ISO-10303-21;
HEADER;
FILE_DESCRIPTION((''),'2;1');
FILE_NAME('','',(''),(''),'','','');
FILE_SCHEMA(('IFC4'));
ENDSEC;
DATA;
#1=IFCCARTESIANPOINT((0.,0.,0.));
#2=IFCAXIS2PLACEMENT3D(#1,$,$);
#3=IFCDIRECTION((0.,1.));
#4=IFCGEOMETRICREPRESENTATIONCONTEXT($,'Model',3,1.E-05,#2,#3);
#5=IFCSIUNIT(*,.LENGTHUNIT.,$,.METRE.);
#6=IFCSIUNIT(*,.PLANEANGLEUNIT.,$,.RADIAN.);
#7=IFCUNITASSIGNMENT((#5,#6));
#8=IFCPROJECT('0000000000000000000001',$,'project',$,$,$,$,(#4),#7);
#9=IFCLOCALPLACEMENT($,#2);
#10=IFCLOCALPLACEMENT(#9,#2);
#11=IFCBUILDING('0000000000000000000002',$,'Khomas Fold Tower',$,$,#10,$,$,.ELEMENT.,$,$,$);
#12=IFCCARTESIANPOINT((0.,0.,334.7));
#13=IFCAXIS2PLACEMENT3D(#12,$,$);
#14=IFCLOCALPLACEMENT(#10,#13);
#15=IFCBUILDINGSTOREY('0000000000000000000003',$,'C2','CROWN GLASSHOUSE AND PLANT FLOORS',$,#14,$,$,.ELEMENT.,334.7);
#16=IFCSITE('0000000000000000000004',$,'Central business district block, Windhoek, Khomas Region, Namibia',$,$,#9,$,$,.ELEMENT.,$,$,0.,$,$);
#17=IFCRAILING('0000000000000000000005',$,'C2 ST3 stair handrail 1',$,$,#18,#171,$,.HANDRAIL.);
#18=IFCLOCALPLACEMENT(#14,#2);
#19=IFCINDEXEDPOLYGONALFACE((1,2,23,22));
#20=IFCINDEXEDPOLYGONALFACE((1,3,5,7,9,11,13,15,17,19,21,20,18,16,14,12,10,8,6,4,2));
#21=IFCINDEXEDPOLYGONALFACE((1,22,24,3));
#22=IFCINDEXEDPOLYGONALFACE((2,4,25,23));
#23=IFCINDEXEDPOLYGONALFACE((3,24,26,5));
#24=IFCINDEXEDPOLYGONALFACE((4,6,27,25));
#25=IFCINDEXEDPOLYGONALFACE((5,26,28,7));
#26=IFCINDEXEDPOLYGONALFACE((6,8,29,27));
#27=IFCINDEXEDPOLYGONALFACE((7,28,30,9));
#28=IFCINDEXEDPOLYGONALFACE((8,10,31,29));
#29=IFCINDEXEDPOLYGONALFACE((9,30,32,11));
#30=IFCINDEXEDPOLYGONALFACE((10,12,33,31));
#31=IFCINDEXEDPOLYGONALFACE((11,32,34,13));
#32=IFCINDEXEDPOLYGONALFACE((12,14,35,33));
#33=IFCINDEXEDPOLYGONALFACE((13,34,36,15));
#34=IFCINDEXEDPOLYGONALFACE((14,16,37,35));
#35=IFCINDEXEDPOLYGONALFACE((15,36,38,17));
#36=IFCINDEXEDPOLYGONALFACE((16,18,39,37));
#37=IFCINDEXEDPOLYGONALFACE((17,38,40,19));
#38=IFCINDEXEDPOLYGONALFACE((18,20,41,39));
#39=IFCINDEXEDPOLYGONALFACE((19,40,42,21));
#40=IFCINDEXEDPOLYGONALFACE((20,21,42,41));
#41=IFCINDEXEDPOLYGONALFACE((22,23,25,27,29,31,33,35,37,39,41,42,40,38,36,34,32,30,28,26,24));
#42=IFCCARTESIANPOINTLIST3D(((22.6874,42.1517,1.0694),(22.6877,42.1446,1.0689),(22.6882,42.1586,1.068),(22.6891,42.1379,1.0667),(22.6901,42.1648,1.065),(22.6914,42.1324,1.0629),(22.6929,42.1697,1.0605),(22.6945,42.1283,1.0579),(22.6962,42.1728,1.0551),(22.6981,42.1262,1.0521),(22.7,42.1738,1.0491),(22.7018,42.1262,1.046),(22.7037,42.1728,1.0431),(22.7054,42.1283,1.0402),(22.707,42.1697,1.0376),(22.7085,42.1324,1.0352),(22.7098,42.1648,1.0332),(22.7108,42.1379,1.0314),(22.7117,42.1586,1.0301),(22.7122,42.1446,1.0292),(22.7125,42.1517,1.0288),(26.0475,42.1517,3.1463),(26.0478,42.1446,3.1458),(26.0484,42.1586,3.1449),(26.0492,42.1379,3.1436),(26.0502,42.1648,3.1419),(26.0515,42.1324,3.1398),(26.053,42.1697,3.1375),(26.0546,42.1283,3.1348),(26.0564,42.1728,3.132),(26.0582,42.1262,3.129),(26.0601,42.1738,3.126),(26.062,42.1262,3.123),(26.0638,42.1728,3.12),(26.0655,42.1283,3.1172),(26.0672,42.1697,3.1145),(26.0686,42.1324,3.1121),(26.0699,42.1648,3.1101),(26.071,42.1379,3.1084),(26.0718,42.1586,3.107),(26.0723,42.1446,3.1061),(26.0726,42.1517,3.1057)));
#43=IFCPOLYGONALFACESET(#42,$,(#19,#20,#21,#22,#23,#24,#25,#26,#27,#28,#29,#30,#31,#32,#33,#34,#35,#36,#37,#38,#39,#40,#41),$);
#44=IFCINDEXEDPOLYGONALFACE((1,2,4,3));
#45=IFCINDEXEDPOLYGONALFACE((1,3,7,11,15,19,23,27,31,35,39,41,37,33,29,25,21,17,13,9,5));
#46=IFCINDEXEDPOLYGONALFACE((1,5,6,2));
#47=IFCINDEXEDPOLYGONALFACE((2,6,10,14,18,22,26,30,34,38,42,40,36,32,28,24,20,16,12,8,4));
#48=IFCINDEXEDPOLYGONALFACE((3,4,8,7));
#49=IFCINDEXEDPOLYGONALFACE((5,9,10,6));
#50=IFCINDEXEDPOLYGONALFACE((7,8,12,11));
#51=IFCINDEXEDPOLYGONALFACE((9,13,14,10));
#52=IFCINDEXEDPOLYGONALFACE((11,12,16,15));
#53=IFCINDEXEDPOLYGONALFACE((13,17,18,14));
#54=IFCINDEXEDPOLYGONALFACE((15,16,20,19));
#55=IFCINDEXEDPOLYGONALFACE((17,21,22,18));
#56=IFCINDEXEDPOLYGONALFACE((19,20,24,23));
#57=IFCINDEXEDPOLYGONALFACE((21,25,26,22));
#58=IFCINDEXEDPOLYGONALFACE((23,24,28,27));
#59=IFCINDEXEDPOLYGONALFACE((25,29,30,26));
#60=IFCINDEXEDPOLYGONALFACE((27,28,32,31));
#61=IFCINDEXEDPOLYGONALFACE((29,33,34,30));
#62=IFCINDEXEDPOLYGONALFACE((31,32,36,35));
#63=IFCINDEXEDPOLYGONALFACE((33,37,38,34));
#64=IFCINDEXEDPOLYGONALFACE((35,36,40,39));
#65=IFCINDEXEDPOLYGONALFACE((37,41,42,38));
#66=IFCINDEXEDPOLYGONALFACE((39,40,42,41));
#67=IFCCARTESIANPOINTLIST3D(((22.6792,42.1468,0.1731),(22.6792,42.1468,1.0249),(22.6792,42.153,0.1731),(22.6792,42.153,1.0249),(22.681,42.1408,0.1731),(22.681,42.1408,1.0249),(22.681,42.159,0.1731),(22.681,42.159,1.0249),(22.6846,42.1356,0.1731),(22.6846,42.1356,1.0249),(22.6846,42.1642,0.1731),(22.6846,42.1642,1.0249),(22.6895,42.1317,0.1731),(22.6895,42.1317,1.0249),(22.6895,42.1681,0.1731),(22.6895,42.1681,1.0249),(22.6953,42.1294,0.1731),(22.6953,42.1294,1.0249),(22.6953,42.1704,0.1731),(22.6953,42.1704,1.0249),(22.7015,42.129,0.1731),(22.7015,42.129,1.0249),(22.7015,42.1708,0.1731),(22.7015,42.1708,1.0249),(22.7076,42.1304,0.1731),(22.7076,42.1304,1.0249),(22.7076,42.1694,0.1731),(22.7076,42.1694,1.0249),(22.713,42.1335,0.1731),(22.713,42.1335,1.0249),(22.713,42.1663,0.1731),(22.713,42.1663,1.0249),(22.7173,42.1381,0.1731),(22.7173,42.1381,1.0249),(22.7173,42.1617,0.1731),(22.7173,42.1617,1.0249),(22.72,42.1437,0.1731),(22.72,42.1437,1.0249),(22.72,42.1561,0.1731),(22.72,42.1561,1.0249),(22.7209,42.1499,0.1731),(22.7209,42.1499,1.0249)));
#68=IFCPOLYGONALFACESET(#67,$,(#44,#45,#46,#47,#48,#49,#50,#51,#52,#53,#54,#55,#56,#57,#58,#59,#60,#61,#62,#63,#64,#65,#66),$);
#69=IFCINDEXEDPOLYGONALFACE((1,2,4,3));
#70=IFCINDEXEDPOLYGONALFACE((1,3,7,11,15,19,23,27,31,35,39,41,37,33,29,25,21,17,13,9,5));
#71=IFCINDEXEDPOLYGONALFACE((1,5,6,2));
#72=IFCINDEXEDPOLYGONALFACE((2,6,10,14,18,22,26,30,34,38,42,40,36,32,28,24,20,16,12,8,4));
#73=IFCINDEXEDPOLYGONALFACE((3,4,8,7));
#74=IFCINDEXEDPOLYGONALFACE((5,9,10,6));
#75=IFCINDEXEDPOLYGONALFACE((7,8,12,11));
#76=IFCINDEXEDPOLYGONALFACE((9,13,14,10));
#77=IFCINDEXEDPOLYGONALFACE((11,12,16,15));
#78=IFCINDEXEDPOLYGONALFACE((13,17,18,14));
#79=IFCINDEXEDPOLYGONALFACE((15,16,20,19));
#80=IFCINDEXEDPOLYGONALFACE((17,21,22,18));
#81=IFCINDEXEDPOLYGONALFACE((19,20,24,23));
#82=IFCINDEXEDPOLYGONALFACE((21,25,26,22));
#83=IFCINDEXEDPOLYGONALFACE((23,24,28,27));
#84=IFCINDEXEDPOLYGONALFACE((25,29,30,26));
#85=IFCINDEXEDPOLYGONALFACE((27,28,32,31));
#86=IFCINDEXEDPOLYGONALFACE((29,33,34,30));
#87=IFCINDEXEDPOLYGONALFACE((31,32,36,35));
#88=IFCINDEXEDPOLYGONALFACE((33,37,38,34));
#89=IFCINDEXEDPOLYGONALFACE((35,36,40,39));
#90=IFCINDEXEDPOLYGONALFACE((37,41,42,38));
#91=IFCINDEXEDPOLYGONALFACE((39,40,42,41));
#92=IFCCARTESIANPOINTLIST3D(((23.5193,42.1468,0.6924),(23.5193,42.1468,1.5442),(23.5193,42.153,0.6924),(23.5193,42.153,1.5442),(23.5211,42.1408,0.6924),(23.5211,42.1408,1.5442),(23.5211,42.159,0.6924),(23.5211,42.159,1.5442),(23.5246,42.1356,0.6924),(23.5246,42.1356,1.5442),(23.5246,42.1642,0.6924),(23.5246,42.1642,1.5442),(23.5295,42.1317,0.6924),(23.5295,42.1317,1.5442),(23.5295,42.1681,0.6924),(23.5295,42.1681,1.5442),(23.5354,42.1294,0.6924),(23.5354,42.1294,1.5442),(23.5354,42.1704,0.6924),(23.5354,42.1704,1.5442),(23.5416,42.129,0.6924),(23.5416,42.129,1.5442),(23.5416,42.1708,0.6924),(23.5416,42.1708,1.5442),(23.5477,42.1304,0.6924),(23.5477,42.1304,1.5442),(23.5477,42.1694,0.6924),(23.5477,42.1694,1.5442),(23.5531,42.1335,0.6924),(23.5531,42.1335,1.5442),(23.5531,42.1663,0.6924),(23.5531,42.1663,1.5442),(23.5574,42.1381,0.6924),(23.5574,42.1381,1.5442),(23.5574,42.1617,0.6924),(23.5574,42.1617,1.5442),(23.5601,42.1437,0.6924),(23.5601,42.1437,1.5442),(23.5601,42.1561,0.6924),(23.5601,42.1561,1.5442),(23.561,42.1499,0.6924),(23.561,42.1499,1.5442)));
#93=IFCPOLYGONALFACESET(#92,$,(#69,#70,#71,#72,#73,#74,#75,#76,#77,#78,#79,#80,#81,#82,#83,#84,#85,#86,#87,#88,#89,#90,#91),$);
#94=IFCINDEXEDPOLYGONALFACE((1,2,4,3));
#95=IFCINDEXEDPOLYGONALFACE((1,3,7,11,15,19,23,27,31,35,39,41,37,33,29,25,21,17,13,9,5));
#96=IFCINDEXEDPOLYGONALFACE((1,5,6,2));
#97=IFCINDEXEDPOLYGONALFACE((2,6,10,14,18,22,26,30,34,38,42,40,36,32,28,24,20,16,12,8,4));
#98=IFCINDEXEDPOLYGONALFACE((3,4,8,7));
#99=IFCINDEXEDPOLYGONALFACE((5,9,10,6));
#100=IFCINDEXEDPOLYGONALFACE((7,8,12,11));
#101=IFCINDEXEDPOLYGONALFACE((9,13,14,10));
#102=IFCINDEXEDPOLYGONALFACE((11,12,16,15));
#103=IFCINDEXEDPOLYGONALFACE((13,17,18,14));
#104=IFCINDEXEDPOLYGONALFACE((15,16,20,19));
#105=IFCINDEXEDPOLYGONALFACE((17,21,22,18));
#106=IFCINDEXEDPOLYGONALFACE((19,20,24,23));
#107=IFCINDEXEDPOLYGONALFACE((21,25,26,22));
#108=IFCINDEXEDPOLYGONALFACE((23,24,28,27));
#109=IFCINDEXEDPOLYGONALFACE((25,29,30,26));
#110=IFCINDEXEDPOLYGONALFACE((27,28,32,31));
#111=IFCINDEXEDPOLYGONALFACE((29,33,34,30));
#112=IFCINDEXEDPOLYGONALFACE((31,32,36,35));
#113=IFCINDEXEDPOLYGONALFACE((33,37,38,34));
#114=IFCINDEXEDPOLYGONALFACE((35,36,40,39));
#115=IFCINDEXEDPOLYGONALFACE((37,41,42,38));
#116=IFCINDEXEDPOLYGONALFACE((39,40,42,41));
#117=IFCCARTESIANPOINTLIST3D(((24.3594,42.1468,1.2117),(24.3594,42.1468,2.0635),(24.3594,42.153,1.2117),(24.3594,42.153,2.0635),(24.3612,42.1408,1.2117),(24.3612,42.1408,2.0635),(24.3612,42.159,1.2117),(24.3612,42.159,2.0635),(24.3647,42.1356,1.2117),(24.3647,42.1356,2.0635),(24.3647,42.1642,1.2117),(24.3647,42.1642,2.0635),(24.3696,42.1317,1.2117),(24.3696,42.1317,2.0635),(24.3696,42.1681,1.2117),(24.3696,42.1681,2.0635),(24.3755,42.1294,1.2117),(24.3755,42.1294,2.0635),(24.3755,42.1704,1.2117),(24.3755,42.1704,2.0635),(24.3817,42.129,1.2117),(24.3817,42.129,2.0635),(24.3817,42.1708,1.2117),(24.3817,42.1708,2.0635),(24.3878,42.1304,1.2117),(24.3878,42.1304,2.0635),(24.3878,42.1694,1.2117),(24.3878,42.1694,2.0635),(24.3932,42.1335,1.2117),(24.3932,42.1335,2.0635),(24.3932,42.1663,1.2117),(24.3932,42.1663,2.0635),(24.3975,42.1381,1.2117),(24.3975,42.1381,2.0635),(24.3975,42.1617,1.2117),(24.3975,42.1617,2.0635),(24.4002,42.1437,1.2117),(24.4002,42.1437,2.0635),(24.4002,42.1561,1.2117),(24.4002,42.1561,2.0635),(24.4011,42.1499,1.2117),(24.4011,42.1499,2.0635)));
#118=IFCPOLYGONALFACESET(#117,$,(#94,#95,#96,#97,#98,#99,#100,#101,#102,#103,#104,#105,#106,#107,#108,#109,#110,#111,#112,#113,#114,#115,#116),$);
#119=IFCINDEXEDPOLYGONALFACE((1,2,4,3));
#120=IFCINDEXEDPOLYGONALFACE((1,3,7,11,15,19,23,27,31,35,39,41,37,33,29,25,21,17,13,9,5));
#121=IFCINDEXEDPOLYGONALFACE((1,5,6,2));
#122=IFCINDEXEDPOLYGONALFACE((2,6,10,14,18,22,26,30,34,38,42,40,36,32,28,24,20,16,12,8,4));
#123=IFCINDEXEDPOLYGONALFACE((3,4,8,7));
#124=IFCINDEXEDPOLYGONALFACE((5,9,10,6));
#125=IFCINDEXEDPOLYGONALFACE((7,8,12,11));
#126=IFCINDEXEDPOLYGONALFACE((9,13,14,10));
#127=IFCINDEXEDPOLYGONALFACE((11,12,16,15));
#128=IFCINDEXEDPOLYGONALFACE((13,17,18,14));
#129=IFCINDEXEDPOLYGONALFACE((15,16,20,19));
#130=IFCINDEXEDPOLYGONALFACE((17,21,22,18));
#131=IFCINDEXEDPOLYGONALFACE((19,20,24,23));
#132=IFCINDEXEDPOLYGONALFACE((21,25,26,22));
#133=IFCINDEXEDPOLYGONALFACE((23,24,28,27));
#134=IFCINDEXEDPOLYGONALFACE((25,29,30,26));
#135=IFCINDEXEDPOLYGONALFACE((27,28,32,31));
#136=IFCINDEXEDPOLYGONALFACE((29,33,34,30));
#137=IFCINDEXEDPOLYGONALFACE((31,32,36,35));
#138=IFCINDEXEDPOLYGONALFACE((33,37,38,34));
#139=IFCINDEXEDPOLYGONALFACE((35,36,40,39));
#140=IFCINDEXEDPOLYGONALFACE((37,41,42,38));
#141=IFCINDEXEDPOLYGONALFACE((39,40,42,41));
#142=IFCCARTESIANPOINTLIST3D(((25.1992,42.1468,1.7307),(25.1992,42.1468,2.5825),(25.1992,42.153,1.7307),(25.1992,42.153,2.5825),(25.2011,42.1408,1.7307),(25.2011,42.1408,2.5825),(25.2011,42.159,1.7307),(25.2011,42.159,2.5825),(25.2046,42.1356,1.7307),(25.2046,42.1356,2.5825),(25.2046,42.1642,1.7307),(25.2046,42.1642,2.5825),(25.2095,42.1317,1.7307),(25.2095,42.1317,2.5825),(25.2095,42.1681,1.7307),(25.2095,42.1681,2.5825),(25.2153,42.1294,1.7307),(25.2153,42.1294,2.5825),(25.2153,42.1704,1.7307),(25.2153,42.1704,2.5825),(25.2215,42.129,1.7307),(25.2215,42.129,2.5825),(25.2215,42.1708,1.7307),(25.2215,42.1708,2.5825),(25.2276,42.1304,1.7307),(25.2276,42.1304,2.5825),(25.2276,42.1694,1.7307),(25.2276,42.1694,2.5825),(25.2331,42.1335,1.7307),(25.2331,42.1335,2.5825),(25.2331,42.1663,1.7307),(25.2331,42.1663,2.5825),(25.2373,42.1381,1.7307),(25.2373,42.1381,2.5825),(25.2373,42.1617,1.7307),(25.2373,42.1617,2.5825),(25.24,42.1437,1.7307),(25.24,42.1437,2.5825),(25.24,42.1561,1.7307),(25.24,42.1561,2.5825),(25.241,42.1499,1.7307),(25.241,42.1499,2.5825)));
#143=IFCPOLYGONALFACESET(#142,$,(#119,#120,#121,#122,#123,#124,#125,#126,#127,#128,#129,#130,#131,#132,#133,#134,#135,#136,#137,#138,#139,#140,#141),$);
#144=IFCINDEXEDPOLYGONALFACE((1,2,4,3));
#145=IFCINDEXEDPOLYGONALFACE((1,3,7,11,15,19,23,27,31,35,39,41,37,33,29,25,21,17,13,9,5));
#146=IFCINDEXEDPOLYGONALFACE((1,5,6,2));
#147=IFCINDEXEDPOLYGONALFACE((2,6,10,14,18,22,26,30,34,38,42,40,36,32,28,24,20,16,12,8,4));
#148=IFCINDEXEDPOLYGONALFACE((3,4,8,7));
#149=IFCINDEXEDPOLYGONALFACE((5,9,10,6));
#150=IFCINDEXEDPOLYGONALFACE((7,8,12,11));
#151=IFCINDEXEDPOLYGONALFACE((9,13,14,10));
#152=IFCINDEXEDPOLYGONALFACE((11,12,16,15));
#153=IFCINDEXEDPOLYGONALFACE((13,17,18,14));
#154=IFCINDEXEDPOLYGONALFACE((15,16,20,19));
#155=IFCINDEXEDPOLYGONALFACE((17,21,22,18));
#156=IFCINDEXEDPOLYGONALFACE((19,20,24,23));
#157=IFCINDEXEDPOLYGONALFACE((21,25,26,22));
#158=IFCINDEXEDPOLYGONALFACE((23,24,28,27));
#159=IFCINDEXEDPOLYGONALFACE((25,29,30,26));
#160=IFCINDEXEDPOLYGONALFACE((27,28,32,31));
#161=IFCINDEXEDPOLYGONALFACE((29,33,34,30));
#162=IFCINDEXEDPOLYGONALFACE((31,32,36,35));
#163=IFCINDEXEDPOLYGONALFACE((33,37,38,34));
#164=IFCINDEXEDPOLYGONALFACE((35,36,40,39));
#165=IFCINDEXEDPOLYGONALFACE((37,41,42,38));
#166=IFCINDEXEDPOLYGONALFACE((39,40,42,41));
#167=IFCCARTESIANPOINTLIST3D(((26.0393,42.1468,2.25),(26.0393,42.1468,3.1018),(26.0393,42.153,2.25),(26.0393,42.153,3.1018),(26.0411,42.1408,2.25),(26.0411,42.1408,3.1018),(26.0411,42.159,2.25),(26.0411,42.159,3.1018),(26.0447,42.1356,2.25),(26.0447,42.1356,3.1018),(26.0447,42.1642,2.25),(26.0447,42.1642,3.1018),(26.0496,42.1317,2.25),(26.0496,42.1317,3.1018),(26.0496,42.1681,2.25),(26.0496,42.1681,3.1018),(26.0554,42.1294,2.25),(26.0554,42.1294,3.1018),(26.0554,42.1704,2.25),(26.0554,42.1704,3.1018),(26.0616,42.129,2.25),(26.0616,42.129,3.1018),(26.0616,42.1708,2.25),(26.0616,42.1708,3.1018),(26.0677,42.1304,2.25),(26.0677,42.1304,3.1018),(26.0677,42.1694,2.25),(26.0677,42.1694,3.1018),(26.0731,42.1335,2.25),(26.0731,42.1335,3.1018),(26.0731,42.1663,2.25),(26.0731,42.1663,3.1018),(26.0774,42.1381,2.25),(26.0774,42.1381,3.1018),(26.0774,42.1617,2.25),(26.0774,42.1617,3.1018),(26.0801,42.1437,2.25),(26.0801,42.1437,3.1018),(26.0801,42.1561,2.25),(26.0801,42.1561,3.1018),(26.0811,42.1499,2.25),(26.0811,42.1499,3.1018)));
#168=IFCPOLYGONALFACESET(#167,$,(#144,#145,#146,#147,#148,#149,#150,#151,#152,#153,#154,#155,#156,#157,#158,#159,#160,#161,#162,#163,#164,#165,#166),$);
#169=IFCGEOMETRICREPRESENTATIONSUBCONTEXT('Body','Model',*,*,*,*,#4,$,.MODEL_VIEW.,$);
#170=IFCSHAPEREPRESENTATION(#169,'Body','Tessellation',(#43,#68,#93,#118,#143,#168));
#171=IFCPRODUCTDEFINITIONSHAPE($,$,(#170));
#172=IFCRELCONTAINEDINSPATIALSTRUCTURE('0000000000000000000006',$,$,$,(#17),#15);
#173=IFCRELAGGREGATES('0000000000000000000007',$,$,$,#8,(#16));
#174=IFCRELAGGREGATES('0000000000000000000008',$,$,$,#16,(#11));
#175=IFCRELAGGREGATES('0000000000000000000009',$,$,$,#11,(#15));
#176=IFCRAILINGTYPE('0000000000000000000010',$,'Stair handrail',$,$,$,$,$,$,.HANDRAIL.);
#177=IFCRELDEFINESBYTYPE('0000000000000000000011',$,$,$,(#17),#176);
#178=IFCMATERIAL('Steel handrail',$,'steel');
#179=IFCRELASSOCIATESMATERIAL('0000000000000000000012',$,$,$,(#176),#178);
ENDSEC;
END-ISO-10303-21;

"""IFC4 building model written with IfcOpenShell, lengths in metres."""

from ifc_helpers import new_model, si_unit, direction, frame, origin, origin_2d, place, context, subcontext, project, spatial, circle, extrude, source, transform, mapped, material, type_object, element, save


model = new_model("IFC4")

# Units and contexts
model_context = context("Model", 3, precision=1e-05, world=origin(), true_north=direction((0.0, 1.0)))
body_context = subcontext(model_context, "Body", "Model", "MODEL_VIEW")
ifc_project = project(units=[si_unit("LENGTHUNIT", "METRE"), si_unit("PLANEANGLEUNIT", "RADIAN")], contexts=[model_context])

# Site, building, storey
site_placement = place(None, origin())
site = spatial("IfcSite", under=ifc_project, at=site_placement, Name="Central business district block, Windhoek, Khomas Region, Namibia", CompositionType="ELEMENT", RefElevation=0.0)
building_placement = place(site_placement, origin())
building = spatial("IfcBuilding", under=site, at=building_placement, Name="Khomas Fold Tower", CompositionType="ELEMENT")
storey_placement = place(building_placement, frame((0.0, 0.0, 334.7)))
storey = spatial("IfcBuildingStorey", under=building, at=storey_placement, Name="C2", Description="CROWN GLASSHOUSE AND PLANT FLOORS", CompositionType="ELEMENT", Elevation=334.7)

# Railing
ifc_material_1 = material(Name="Steel handrail", Category="steel")
railing_type_1 = type_object("IfcRailingType", Name="Stair handrail", PredefinedType="HANDRAIL", material=ifc_material_1)
shared_shape_1 = source(origin(), body_context, "Body", "SweptSolid", [
    extrude(circle(Radius=0.0239, at=origin_2d()), frame((0.0, 0.0, 0.876), z_axis=(0.850623, 0.0, 0.525776), x_axis=(0.0, 1.0, 0.0)), (0.0, 0.0, 1.0), 3.9502),
    extrude(circle(Radius=0.021, at=origin_2d()), origin(), (0.0, 0.0, 1.0), 0.8518),
    extrude(circle(Radius=0.021, at=origin_2d()), frame((0.8401, 0.0, 0.5193)), (0.0, 0.0, 1.0), 0.8518),
    extrude(circle(Radius=0.021, at=origin_2d()), frame((1.6802, 0.0, 1.0386)), (0.0, 0.0, 1.0), 0.8518),
    extrude(circle(Radius=0.021, at=origin_2d()), frame((2.52, 0.0, 1.5576)), (0.0, 0.0, 1.0), 0.8518),
    extrude(circle(Radius=0.021, at=origin_2d()), frame((3.3601, 0.0, 2.0769)), (0.0, 0.0, 1.0), 0.8518),
])
railing_1_placement = place(storey_placement, frame((22.7, 42.1499, 0.1731)))
element("IfcRailing", 1, at=railing_1_placement, inside=storey, type_object=railing_type_1, Name="C2 ST3 stair handrail 1", PredefinedType="HANDRAIL", context=body_context, shape_type="MappedRepresentation", body=[
    mapped(shared_shape_1, transform((0.0, 0.0, 0.0))),
])

save(model, "model.ifc")
